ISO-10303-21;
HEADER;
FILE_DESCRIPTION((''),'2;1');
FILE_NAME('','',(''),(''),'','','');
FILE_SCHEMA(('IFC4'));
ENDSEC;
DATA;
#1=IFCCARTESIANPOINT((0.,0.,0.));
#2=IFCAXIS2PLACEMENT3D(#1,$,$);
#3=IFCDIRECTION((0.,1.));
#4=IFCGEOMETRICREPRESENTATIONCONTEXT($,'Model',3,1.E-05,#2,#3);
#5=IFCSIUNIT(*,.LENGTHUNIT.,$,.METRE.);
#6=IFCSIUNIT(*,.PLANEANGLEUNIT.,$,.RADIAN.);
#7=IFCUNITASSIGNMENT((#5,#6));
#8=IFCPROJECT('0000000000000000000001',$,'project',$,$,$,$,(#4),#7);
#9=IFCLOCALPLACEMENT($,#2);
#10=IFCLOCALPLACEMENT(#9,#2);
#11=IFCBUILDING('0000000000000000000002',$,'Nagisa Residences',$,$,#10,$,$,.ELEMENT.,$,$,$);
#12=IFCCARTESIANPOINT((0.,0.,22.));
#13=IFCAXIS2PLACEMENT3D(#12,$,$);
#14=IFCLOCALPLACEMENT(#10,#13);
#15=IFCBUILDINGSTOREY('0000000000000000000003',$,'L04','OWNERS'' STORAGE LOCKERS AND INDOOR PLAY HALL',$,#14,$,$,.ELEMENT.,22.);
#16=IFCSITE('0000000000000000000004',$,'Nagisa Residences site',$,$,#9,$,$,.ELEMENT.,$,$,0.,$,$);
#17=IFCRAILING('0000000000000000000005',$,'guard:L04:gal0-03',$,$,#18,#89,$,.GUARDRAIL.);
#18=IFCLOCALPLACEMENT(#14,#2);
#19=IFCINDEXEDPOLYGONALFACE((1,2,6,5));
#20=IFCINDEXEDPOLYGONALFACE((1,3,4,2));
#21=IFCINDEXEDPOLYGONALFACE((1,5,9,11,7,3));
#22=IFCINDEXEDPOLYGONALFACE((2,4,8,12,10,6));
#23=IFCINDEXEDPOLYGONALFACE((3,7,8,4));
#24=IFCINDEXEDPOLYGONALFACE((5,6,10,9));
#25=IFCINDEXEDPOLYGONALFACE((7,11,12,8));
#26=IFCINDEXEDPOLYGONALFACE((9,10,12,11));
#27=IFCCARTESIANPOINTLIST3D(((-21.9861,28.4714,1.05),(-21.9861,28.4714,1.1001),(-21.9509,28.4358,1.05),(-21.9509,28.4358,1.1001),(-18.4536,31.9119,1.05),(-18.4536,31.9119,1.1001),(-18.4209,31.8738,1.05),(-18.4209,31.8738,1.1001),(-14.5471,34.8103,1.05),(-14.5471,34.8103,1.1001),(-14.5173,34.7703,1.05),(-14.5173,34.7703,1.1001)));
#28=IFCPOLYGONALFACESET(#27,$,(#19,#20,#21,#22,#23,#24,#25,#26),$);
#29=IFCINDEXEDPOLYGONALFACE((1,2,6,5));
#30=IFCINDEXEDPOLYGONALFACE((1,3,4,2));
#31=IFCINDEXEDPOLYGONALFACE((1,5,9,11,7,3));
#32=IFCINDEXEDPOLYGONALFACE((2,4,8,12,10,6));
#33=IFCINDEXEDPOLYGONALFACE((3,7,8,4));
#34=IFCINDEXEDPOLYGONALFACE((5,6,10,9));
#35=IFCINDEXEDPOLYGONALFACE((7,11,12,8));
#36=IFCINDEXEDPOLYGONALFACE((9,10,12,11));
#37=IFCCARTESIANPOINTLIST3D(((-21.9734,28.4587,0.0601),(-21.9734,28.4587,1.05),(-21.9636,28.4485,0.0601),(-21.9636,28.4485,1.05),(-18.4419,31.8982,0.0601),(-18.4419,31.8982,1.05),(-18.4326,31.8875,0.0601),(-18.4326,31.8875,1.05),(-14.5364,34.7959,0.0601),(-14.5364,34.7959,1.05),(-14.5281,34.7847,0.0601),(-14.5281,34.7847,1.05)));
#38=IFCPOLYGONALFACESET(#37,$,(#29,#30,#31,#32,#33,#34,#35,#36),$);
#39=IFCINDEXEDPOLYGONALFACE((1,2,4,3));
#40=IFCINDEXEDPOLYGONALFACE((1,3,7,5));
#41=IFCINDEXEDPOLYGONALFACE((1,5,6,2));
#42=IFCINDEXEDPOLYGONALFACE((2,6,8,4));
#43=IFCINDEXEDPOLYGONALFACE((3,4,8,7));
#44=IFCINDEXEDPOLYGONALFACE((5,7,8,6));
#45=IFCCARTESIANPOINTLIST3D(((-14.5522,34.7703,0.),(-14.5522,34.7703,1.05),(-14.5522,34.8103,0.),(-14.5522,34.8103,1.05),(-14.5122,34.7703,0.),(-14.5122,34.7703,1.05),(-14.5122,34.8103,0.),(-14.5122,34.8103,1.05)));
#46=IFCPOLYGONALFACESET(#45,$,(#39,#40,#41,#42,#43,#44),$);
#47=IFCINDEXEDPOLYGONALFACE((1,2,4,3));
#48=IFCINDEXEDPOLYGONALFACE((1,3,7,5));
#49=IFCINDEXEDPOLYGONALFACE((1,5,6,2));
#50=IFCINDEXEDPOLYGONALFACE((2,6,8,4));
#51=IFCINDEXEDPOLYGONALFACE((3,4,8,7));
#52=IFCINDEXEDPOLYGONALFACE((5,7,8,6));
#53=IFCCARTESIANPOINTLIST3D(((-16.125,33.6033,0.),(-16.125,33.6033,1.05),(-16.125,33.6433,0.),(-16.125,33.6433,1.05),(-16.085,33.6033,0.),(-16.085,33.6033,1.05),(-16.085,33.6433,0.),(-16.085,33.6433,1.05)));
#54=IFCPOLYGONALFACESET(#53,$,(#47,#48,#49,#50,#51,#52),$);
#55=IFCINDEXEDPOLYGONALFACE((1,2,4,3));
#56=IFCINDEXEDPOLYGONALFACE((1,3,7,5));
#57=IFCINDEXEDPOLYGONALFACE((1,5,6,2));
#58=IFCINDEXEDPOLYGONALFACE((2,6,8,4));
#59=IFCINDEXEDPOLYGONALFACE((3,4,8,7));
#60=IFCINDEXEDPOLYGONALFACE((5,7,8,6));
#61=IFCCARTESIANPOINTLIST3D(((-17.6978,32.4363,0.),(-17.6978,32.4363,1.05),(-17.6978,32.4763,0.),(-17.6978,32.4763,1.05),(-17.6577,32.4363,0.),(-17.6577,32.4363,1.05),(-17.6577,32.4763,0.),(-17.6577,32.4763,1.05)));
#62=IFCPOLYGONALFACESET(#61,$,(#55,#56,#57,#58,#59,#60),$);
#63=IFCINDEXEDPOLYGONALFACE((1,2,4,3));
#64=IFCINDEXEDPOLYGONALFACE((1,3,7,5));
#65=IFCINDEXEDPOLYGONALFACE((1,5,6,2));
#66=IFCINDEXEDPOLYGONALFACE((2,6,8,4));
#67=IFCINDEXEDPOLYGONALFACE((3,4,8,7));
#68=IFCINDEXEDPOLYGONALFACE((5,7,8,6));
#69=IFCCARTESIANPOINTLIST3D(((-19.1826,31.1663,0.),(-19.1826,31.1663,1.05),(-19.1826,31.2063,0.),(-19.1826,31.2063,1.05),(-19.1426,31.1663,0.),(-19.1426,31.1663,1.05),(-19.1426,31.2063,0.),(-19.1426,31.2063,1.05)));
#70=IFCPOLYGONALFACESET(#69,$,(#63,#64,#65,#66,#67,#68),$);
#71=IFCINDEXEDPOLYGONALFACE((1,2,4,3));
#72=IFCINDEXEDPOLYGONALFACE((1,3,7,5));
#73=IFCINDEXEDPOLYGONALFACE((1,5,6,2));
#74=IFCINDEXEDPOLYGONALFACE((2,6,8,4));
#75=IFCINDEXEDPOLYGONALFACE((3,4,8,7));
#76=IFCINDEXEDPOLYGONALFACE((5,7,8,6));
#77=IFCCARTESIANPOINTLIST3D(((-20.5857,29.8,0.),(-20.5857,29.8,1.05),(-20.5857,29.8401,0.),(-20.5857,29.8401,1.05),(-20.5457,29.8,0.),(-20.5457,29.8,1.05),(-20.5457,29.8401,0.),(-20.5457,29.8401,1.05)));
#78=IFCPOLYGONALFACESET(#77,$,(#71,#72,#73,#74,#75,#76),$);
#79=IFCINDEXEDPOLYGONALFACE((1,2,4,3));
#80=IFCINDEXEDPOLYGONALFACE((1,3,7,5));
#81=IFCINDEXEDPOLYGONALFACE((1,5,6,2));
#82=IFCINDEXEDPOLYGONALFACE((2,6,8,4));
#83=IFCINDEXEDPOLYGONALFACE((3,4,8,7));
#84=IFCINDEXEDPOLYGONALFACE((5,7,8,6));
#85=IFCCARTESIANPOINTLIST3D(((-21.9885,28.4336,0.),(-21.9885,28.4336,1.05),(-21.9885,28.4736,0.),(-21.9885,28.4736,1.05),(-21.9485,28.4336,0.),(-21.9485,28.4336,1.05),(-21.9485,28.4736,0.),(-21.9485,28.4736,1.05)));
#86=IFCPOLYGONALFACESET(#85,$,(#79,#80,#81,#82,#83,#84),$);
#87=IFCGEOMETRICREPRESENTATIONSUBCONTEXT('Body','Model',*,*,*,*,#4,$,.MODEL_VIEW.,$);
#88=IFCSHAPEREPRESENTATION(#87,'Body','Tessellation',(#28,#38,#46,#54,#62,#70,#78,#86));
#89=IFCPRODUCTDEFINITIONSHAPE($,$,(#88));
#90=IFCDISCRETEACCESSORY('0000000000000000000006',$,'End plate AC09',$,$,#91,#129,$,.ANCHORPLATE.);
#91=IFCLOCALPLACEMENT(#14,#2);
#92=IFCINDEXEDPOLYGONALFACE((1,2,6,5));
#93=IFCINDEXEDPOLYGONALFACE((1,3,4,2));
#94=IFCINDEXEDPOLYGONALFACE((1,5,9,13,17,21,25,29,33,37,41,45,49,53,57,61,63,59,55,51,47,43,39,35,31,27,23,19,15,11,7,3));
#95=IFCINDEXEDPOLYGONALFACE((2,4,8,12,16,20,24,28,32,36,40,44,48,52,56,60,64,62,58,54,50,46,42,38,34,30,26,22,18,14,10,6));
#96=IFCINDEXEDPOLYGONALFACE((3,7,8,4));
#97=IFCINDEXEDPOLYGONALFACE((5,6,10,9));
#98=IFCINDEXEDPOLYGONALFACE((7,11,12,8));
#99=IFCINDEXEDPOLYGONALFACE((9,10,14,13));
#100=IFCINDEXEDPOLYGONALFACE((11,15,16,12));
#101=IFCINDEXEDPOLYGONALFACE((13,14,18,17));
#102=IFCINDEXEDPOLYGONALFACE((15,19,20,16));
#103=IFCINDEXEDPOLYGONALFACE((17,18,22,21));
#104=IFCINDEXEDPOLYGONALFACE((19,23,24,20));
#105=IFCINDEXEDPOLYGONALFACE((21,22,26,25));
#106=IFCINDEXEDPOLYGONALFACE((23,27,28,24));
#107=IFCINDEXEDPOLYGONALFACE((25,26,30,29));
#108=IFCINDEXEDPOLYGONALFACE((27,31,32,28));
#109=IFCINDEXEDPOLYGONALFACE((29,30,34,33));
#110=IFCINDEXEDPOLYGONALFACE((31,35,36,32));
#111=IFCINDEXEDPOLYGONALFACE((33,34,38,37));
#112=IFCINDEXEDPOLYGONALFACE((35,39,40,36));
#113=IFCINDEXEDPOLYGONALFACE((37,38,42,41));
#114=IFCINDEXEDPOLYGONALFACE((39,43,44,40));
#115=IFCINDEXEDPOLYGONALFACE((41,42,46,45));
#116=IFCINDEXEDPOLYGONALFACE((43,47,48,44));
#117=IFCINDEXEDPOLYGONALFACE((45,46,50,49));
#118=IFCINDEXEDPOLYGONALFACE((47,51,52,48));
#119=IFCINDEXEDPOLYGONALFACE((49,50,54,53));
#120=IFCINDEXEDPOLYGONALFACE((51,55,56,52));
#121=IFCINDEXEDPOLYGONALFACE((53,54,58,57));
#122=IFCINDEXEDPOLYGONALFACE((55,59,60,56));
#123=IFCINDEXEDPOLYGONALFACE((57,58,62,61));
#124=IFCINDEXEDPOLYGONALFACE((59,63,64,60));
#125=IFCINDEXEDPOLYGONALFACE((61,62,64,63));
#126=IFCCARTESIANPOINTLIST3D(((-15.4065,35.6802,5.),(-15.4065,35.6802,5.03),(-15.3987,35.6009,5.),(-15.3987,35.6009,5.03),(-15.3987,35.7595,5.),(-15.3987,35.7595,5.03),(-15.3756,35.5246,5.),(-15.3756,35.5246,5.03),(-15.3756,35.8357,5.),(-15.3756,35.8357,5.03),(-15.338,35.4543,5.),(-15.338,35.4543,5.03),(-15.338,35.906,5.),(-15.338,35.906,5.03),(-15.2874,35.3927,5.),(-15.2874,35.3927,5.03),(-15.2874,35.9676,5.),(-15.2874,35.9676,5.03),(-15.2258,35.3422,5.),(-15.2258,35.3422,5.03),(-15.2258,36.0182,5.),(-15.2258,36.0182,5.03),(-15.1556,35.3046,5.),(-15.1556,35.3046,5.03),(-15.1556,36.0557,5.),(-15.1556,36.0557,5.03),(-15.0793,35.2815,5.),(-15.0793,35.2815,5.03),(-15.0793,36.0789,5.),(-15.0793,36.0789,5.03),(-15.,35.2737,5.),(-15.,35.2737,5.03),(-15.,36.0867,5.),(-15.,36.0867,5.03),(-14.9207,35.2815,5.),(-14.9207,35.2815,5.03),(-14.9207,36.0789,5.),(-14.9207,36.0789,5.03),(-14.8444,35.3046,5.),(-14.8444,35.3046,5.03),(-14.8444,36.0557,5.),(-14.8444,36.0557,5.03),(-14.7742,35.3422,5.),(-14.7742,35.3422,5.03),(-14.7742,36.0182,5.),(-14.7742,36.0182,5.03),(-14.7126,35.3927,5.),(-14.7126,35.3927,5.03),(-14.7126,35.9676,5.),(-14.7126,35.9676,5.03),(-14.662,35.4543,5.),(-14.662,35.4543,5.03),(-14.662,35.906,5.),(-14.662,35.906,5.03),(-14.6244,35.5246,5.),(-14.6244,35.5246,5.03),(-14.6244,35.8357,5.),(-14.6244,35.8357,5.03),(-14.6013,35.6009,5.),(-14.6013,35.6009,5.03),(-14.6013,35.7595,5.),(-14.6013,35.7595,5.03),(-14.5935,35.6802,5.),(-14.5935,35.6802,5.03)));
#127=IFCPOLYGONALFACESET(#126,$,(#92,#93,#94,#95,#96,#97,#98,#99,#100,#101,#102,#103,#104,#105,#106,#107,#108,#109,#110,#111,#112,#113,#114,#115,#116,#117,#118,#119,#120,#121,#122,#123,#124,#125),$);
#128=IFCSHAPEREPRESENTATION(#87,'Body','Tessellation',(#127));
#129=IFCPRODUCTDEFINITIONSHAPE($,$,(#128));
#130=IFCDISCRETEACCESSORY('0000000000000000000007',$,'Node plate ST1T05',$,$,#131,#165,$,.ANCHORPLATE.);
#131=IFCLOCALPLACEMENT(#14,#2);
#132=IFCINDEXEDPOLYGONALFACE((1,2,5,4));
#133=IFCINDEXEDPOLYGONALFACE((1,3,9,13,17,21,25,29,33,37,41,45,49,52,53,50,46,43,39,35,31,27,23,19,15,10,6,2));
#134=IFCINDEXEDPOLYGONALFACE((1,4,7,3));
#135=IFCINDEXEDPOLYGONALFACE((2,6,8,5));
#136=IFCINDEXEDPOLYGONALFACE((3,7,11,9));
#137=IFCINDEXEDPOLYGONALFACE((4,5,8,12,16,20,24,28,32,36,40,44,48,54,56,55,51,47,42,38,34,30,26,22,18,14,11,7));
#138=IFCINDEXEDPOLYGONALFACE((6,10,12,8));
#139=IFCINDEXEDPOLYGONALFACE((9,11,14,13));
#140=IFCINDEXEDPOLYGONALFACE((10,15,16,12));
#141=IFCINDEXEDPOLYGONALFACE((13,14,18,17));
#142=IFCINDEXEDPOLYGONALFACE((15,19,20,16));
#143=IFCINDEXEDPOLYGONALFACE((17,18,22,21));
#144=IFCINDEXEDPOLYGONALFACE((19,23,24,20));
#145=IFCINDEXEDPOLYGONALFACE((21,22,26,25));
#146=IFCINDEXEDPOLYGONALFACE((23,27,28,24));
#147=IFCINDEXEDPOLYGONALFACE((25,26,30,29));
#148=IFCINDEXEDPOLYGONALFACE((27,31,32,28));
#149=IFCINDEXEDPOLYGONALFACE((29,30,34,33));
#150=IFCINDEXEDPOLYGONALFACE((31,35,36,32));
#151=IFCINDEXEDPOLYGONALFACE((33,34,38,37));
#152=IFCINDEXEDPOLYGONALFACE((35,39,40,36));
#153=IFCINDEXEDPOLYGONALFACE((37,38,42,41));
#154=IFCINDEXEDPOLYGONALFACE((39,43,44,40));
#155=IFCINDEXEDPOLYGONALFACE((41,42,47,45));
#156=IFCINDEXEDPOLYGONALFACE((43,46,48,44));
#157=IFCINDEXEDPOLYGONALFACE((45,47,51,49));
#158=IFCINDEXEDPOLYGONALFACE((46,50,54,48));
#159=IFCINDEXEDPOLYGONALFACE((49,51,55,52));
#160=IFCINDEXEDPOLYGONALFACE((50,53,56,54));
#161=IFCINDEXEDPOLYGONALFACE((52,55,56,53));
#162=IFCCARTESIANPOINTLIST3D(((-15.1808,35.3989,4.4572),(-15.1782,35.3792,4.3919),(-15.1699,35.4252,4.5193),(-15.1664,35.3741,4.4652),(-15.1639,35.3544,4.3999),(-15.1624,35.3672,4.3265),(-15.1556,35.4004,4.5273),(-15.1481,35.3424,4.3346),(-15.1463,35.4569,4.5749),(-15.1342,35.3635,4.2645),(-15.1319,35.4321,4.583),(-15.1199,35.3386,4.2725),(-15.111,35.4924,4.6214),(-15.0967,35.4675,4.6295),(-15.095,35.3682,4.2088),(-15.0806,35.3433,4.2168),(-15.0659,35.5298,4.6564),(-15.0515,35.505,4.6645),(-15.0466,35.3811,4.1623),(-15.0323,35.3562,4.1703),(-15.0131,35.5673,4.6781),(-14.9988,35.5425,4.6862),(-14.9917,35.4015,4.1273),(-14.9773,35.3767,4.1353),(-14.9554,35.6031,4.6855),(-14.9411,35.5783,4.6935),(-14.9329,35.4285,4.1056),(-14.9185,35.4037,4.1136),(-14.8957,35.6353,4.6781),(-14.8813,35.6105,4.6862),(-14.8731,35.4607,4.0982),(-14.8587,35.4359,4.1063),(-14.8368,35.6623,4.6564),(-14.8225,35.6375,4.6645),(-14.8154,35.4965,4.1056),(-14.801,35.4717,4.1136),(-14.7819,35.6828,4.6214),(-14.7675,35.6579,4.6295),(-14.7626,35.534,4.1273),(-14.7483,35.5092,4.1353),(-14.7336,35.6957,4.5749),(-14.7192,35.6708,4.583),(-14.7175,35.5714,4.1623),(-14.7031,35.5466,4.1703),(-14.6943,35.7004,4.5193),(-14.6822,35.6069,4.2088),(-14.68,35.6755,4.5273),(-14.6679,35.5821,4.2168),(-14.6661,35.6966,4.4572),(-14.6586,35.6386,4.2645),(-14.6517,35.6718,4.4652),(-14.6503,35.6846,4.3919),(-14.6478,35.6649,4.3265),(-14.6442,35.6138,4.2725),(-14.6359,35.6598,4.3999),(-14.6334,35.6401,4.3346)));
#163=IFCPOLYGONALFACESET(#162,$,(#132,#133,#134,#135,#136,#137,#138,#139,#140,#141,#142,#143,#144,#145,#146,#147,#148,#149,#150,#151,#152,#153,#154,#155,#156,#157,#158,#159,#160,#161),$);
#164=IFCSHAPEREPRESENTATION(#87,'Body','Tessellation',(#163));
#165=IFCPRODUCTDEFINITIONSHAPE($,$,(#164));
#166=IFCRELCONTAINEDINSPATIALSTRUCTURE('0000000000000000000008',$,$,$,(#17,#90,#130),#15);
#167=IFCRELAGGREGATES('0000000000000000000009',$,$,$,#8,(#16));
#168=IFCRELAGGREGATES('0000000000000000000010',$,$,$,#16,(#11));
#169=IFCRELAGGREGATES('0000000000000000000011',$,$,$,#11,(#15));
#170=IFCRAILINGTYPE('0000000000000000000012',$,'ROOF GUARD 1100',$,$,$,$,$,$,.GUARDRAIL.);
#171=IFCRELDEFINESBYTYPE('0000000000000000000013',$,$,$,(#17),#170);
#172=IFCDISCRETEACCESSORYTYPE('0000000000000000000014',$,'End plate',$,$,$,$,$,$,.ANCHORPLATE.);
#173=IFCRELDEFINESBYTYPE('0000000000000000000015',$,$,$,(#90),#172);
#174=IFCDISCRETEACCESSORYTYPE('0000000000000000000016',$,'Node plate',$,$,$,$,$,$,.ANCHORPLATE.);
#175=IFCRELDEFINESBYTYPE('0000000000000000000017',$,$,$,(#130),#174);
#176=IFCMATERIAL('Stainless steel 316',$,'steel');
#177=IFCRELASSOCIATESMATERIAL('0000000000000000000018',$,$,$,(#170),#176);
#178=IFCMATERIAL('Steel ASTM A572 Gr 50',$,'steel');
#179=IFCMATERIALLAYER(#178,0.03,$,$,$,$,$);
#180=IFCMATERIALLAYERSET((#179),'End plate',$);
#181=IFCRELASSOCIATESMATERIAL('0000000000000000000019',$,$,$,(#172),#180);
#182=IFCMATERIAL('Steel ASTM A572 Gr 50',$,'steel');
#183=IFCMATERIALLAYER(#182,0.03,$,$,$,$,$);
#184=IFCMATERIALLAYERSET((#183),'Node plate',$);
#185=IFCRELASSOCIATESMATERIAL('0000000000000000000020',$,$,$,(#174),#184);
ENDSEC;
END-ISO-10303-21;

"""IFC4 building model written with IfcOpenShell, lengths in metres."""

from ifc_helpers import new_model, si_unit, direction, frame, origin, origin_2d, place, context, subcontext, project, spatial, polyline, rectangle, circle, outline, extrude, material, layer, layer_set, type_object, element, save


model = new_model("IFC4")

# Units and contexts
model_context = context("Model", 3, precision=1e-05, world=origin(), true_north=direction((0.0, 1.0)))
body_context = subcontext(model_context, "Body", "Model", "MODEL_VIEW")
ifc_project = project(units=[si_unit("LENGTHUNIT", "METRE"), si_unit("PLANEANGLEUNIT", "RADIAN")], contexts=[model_context])

# Site, building, storey
site_placement = place(None, origin())
site = spatial("IfcSite", under=ifc_project, at=site_placement, Name="Nagisa Residences site", CompositionType="ELEMENT", RefElevation=0.0)
building_placement = place(site_placement, origin())
building = spatial("IfcBuilding", under=site, at=building_placement, Name="Nagisa Residences", CompositionType="ELEMENT")
storey_placement = place(building_placement, frame((0.0, 0.0, 22.0)))
storey = spatial("IfcBuildingStorey", under=building, at=storey_placement, Name="L04", Description="OWNERS' STORAGE LOCKERS AND INDOOR PLAY HALL", CompositionType="ELEMENT", Elevation=22.0)

# Railing
ifc_material_1 = material(Name="Stainless steel 316", Category="steel")
railing_type = type_object("IfcRailingType", Name="ROOF GUARD 1100", PredefinedType="GUARDRAIL", material=ifc_material_1)
railing_placement = place(storey_placement, frame((-14.5322, 34.7903, 0.0)))
element("IfcRailing", 1, at=railing_placement, inside=storey, type_object=railing_type, Name="guard:L04:gal0-03", PredefinedType="GUARDRAIL", context=body_context, shape_type="SweptSolid", body=[
    extrude(outline(polyline([(-3.8887, -2.9165), (0.0149, -0.02), (-0.0149, 0.02), (-3.9214, -2.8784), (-7.4539, -6.3188), (-7.4187, -6.3545), (-3.8887, -2.9165)])), frame((0.0, 0.0, 1.05)), (0.0, 0.0, 1.0), 0.05),
    extrude(outline(polyline([(-3.9004, -2.9028), (0.0042, -0.0056), (-0.0042, 0.0056), (-3.9097, -2.8921), (-7.4412, -6.3315), (-7.4314, -6.3418), (-3.9004, -2.9028)])), frame((0.0, 0.0, 0.0601)), (0.0, 0.0, 1.0), 0.99),
    extrude(rectangle(XDim=0.04, YDim=0.04, at=origin_2d()), origin(), (0.0, 0.0, 1.0), 1.05),
    extrude(rectangle(XDim=0.04, YDim=0.04, at=origin_2d()), frame((-1.5728, -1.167, 0.0)), (0.0, 0.0, 1.0), 1.05),
    extrude(rectangle(XDim=0.04, YDim=0.04, at=origin_2d()), frame((-3.1455, -2.334, 0.0)), (0.0, 0.0, 1.0), 1.05),
    extrude(rectangle(XDim=0.04, YDim=0.04, at=origin_2d()), frame((-4.6304, -3.604, 0.0)), (0.0, 0.0, 1.0), 1.05),
    extrude(rectangle(XDim=0.04, YDim=0.04, at=origin_2d()), frame((-6.0334, -4.9702, 0.0)), (0.0, 0.0, 1.0), 1.05),
    extrude(rectangle(XDim=0.04, YDim=0.04, at=origin_2d()), frame((-7.4363, -6.3367, 0.0)), (0.0, 0.0, 1.0), 1.05),
])

# Discrete accessories
ifc_material_2 = material(Name="Steel ASTM A572 Gr 50", Category="steel")
ifc_layer_1 = layer(ifc_material_2, 0.03)
ifc_layer_set_1 = layer_set([ifc_layer_1], Name="End plate")
discrete_accessory_type_1 = type_object("IfcDiscreteAccessoryType", Name="End plate", PredefinedType="ANCHORPLATE", material=ifc_layer_set_1)
discrete_accessory_1_placement = place(storey_placement, frame((-15.0, 35.6802, 5.0), z_axis=(0.0, 0.0, 1.0), x_axis=(1.0, 0.0, 0.0)))
element("IfcDiscreteAccessory", 2, at=discrete_accessory_1_placement, inside=storey, type_object=discrete_accessory_type_1, Name="End plate AC09", PredefinedType="ANCHORPLATE", context=body_context, shape_type="SweptSolid", body=[
    extrude(circle(Radius=0.4065, at=origin_2d()), origin(), (0.0, 0.0, 1.0), 0.03),
])
ifc_material_3 = material(Name="Steel ASTM A572 Gr 50", Category="steel")
ifc_layer_2 = layer(ifc_material_3, 0.03)
ifc_layer_set_2 = layer_set([ifc_layer_2], Name="Node plate")
discrete_accessory_type_2 = type_object("IfcDiscreteAccessoryType", Name="Node plate", PredefinedType="ANCHORPLATE", material=ifc_layer_set_2)
discrete_accessory_2_placement = place(storey_placement, frame((-14.8999, 35.5071, 4.3999), z_axis=(-0.482151, 0.833549, -0.269678), x_axis=(-0.86562, -0.500702, 0.0)))
element("IfcDiscreteAccessory", 3, at=discrete_accessory_2_placement, inside=storey, type_object=discrete_accessory_type_2, Name="Node plate ST1T05", PredefinedType="ANCHORPLATE", context=body_context, shape_type="SweptSolid", body=[
    extrude(circle(Radius=0.3049, at=origin_2d()), origin(), (0.0, 0.0, 1.0), 0.0298),
])

save(model, "model.ifc")
